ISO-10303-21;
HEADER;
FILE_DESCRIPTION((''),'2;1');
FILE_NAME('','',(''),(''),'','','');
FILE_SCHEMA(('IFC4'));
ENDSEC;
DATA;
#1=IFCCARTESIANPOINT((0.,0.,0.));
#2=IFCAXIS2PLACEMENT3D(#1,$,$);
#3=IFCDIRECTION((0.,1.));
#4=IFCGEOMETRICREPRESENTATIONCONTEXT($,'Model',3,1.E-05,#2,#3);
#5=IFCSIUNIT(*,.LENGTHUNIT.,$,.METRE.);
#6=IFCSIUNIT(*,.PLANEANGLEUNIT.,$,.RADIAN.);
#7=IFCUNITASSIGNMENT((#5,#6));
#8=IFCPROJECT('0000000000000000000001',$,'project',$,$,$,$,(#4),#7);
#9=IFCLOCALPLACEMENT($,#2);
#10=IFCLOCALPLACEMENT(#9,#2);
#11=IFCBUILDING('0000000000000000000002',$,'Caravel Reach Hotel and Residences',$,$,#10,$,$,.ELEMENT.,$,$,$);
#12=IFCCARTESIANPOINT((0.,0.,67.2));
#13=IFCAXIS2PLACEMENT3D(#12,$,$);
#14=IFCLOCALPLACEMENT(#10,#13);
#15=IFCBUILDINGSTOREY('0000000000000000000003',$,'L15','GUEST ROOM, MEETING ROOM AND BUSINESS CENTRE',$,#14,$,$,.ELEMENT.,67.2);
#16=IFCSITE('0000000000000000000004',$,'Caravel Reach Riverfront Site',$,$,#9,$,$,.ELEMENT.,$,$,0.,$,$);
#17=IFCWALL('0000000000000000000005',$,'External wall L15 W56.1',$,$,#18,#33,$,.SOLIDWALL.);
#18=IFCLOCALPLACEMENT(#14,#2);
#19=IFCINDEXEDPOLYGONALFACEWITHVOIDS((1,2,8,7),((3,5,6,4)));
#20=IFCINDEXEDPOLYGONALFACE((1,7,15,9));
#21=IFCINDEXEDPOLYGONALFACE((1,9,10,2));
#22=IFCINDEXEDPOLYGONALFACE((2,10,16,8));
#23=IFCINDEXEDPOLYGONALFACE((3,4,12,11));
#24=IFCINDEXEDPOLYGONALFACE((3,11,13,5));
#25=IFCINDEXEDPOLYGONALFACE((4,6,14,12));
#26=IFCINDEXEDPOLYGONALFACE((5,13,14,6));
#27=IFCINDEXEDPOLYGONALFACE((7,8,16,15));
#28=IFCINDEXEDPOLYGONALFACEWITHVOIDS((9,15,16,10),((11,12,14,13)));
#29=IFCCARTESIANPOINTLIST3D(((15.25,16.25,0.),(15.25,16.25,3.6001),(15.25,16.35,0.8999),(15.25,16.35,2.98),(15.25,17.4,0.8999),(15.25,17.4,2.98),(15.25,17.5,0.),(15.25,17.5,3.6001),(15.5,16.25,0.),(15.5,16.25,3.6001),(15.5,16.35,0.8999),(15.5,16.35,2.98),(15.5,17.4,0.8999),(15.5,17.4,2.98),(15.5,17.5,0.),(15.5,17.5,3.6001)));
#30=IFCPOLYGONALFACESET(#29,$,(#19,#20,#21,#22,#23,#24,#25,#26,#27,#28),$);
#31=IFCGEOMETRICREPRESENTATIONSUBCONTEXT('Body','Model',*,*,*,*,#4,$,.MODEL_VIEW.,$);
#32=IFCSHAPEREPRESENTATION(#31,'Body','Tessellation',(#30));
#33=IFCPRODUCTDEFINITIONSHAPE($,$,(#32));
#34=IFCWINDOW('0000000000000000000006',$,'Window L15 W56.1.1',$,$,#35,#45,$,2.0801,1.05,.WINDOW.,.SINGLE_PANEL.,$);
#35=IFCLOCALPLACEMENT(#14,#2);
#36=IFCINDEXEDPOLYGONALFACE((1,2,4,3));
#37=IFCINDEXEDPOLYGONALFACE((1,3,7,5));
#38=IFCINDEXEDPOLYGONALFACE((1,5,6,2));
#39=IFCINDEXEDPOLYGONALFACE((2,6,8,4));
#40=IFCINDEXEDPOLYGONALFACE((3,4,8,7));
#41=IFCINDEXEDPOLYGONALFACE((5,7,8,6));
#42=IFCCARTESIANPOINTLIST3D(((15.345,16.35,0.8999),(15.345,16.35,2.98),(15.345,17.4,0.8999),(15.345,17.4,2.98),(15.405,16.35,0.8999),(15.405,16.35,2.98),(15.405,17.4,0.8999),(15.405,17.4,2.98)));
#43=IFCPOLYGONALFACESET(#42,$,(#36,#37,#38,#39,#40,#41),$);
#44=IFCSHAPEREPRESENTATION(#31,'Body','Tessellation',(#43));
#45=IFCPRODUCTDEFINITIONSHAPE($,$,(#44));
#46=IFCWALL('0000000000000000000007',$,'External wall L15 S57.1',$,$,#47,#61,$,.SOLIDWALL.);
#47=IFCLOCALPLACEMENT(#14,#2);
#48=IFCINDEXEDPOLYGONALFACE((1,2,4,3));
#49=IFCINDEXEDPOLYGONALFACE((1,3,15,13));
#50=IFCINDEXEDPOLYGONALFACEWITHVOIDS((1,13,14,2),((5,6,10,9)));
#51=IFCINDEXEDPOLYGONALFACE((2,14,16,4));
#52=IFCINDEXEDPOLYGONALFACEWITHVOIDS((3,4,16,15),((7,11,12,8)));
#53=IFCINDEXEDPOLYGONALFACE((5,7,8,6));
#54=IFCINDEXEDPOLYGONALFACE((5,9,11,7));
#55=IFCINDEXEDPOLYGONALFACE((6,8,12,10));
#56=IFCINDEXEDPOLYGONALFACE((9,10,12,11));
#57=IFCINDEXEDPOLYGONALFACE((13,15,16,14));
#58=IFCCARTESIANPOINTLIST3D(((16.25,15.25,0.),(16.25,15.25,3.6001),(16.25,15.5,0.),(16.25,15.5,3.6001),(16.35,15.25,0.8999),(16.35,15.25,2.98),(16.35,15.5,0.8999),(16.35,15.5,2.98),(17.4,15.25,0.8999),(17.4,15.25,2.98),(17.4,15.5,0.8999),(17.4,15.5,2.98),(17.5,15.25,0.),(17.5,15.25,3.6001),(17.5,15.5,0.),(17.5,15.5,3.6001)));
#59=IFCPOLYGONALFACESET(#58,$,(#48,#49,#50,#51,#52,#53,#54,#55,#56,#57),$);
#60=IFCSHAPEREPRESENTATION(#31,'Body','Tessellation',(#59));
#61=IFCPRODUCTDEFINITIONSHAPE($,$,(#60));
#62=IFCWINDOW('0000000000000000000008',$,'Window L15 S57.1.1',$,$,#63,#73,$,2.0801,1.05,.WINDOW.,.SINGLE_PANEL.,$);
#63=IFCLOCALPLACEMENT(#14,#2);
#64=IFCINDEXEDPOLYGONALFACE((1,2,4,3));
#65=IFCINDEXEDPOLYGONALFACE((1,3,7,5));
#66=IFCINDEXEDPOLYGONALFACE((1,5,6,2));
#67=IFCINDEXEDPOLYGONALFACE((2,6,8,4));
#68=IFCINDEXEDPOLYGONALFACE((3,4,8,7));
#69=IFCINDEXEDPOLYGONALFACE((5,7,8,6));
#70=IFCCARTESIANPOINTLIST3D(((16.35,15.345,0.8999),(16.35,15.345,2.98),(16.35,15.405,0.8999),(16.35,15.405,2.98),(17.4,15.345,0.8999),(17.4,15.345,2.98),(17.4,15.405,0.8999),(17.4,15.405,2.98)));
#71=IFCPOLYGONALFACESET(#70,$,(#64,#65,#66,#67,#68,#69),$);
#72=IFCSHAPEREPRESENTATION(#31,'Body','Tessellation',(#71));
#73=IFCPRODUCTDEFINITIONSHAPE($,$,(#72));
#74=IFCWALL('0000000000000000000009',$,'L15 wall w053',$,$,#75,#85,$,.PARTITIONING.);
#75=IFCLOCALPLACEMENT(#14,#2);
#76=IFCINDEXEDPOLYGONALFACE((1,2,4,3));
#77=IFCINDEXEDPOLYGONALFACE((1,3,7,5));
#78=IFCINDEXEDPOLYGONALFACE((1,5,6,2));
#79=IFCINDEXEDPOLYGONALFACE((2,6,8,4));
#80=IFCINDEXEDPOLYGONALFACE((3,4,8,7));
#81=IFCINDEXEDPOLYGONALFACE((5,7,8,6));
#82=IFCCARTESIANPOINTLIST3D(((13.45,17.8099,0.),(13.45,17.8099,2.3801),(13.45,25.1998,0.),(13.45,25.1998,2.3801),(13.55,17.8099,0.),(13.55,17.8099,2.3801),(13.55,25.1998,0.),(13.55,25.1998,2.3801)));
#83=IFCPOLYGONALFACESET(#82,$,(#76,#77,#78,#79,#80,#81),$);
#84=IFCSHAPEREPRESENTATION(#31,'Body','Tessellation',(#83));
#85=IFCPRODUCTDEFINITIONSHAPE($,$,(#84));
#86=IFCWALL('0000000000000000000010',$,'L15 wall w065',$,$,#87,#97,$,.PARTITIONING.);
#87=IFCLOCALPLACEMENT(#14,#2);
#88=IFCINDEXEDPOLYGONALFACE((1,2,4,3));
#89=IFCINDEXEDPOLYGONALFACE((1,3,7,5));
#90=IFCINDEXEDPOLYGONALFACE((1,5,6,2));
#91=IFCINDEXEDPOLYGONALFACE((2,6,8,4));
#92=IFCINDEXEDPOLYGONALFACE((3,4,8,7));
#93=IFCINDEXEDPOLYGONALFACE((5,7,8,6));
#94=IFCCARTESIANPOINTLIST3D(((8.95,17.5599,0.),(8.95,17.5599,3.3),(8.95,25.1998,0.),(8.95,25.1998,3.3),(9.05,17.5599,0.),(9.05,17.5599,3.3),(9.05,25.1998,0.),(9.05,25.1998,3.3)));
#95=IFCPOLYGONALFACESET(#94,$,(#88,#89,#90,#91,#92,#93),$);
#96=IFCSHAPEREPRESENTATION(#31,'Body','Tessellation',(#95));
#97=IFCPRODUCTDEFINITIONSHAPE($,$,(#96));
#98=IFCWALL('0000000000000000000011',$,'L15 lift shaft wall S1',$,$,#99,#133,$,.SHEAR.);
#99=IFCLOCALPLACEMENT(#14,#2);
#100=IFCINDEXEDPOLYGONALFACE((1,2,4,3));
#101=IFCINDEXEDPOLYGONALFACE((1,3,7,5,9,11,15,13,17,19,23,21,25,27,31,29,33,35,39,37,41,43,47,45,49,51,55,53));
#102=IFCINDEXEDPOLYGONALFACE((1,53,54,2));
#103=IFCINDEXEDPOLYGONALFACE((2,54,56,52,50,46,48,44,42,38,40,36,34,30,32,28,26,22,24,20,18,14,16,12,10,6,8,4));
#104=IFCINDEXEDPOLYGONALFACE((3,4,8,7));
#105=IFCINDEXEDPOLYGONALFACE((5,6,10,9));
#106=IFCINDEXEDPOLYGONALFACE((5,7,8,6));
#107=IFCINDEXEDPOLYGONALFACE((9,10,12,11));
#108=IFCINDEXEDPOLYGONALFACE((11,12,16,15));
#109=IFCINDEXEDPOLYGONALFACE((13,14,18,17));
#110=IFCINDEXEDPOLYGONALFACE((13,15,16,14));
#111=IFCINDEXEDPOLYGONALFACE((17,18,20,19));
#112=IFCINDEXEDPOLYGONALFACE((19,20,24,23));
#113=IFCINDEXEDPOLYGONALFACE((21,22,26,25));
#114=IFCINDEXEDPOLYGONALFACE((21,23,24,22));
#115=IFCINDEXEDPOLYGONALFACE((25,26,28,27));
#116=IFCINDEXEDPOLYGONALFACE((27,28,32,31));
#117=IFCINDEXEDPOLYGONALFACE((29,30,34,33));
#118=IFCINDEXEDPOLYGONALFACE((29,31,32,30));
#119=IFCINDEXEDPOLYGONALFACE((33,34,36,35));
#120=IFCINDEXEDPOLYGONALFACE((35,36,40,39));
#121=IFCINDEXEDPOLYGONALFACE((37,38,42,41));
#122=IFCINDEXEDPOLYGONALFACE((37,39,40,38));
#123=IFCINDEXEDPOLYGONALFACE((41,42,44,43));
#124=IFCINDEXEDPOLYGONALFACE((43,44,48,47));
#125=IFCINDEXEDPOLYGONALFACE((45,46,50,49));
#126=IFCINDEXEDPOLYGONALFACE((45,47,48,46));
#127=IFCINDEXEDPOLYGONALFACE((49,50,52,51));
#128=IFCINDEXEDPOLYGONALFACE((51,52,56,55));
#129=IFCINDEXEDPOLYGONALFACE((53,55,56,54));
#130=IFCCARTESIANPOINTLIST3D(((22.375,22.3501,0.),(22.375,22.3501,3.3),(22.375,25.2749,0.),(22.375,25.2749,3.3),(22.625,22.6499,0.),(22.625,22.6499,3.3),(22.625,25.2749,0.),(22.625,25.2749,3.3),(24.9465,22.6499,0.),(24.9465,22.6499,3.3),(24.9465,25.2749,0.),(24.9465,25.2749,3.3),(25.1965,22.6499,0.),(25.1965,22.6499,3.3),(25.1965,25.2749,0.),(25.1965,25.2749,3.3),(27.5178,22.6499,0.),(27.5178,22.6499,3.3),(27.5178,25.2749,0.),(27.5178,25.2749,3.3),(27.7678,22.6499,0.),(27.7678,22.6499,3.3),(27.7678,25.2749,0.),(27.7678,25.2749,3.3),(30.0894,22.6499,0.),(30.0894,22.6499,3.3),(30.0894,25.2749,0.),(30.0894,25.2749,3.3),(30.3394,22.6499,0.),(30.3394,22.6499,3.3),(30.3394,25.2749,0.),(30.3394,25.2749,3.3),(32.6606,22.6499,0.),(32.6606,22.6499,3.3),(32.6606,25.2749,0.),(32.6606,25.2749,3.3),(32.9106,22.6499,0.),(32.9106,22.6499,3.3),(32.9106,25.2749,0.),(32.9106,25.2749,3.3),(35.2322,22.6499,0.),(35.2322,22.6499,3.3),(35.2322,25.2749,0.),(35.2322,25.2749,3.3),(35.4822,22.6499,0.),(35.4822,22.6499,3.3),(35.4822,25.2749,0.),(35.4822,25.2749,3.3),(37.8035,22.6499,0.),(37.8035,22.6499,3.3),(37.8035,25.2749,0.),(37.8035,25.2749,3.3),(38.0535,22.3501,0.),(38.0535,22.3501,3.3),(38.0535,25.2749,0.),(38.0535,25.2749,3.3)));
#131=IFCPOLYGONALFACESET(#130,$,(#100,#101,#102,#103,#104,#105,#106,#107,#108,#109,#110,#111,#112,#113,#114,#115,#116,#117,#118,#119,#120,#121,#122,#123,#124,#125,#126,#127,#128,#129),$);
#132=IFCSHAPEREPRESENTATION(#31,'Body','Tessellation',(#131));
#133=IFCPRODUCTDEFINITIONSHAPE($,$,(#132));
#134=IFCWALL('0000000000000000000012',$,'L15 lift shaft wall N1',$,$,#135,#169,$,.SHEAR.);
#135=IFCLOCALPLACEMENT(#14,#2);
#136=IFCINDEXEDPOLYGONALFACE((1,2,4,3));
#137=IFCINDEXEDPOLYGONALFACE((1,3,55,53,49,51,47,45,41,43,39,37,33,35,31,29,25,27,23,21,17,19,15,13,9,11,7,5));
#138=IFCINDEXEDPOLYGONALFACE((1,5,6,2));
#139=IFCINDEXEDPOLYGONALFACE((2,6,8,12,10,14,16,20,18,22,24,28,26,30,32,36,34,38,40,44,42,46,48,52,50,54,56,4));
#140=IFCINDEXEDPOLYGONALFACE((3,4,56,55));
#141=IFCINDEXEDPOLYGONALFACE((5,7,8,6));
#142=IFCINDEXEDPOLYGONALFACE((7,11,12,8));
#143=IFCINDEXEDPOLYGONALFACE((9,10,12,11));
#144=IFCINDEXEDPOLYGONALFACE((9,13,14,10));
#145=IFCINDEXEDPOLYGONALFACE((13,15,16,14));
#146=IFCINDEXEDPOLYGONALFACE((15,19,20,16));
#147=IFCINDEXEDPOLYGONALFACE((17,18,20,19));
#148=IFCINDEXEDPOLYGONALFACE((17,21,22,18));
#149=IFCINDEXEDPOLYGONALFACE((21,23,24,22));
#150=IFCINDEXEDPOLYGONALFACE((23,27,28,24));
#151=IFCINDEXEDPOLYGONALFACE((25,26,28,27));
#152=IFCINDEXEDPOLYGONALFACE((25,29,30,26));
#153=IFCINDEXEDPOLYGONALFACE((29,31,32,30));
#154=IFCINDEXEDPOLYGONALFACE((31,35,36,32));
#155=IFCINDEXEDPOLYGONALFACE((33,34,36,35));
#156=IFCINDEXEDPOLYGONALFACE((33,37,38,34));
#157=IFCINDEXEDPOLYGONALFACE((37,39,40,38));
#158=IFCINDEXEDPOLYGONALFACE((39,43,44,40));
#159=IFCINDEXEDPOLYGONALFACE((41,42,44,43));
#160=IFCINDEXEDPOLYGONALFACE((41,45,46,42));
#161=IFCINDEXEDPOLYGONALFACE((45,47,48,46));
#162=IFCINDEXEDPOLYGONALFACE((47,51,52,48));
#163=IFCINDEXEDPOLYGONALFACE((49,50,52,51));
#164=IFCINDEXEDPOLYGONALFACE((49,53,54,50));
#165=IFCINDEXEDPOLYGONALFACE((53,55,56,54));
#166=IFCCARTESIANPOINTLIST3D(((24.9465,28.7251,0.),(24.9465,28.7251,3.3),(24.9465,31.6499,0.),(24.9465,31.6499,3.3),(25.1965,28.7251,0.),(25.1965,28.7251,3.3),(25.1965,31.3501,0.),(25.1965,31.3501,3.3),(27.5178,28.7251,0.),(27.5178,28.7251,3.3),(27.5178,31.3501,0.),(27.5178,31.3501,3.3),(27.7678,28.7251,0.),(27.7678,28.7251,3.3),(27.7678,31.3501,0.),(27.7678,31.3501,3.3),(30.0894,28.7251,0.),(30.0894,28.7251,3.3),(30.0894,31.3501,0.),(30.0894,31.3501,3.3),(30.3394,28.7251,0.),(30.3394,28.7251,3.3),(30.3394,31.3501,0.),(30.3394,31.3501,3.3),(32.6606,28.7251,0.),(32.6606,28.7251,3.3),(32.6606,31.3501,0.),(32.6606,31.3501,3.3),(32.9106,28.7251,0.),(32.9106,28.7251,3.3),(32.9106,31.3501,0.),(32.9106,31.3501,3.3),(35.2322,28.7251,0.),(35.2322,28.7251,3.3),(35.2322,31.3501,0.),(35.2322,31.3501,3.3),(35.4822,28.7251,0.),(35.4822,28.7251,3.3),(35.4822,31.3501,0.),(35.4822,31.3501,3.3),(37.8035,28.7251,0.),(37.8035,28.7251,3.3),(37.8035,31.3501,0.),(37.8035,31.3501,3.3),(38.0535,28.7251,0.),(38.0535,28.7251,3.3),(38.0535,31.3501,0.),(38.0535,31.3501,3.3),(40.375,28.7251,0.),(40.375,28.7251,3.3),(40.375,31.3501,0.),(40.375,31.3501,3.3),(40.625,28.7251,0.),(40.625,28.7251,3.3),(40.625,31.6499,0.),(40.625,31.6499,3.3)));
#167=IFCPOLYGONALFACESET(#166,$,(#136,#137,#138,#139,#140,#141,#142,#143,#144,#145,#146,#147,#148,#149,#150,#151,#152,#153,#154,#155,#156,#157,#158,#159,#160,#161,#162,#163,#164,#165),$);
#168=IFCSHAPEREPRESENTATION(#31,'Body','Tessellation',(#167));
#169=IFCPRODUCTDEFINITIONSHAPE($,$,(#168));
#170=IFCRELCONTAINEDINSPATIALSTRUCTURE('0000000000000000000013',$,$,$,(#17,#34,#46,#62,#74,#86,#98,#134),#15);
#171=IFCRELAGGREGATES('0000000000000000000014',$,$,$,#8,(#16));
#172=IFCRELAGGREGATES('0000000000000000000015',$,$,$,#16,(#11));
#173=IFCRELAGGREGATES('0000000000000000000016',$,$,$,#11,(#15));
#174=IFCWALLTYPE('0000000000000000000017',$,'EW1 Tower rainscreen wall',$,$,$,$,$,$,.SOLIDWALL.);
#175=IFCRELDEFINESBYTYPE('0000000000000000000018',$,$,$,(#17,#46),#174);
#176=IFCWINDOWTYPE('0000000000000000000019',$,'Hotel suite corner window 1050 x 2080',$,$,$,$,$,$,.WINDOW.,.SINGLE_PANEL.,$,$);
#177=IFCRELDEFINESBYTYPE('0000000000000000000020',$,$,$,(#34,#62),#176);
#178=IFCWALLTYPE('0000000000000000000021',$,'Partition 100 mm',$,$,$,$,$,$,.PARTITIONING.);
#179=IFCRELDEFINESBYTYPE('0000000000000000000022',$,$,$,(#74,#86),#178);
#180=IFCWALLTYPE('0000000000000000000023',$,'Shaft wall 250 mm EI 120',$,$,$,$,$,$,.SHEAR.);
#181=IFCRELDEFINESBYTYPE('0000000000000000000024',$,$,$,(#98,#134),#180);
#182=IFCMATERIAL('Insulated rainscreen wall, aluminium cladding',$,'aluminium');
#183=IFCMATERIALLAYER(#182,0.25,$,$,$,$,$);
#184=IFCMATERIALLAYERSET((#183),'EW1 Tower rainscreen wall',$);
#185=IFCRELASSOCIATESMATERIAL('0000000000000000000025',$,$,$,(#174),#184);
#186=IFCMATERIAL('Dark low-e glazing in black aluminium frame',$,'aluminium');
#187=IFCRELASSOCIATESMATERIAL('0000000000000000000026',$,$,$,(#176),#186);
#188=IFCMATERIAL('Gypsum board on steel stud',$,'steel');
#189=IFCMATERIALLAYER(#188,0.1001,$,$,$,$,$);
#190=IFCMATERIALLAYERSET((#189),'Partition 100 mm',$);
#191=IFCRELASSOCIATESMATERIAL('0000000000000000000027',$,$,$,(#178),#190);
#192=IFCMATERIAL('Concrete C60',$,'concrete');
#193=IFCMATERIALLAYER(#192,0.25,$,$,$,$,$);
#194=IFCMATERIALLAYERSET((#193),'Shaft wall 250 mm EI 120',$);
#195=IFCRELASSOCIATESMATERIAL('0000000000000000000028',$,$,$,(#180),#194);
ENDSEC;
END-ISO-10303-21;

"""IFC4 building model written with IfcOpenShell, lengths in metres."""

from ifc_helpers import new_model, si_unit, direction, frame, frame_2d, origin, place, context, subcontext, project, spatial, polyline, rectangle, outline, extrude, material, layer, layer_set, type_object, element, fill, save


model = new_model("IFC4")

# Units and contexts
model_context = context("Model", 3, precision=1e-05, world=origin(), true_north=direction((0.0, 1.0)))
body_context = subcontext(model_context, "Body", "Model", "MODEL_VIEW")
ifc_project = project(units=[si_unit("LENGTHUNIT", "METRE"), si_unit("PLANEANGLEUNIT", "RADIAN")], contexts=[model_context])

# Site, building, storey
site_placement = place(None, origin())
site = spatial("IfcSite", under=ifc_project, at=site_placement, Name="Caravel Reach Riverfront Site", CompositionType="ELEMENT", RefElevation=0.0)
building_placement = place(site_placement, origin())
building = spatial("IfcBuilding", under=site, at=building_placement, Name="Caravel Reach Hotel and Residences", CompositionType="ELEMENT")
storey_placement = place(building_placement, frame((0.0, 0.0, 67.2)))
storey = spatial("IfcBuildingStorey", under=building, at=storey_placement, Name="L15", Description="GUEST ROOM, MEETING ROOM AND BUSINESS CENTRE", CompositionType="ELEMENT", Elevation=67.2)

# Shared definitions
ifc_material_1 = material(Name="Insulated rainscreen wall, aluminium cladding", Category="aluminium")
ifc_layer_1 = layer(ifc_material_1, 0.25)
ifc_layer_set_1 = layer_set([ifc_layer_1], Name="EW1 Tower rainscreen wall")
wall_type_1 = type_object("IfcWallType", Name="EW1 Tower rainscreen wall", PredefinedType="SOLIDWALL", material=ifc_layer_set_1)

# Walls, openings, windows
ifc_material_2 = material(Name="Dark low-e glazing in black aluminium frame", Category="aluminium")
window_type_1 = type_object("IfcWindowType", Name="Hotel suite corner window 1050 x 2080", PartitioningType="SINGLE_PANEL", PredefinedType="WINDOW", material=ifc_material_2)
wall_1_placement = place(storey_placement, frame((15.375, 17.5, 0.0), z_axis=(0.0, 0.0, 1.0), x_axis=(0.0, -1.0, 0.0)))
wall_1 = element("IfcWall", 1, at=wall_1_placement, inside=storey, type_object=wall_type_1, Name="External wall L15 W56.1", PredefinedType="SOLIDWALL", context=body_context, shape_type="SweptSolid", body=[
    extrude(rectangle(XDim=1.25, YDim=0.25, at=frame_2d((0.625, 0.0))), origin(), (0.0, 0.0, 1.0), 3.6001),
])
opening_1_placement = place(wall_1_placement, frame((0.1001, 0.0, 0.8999)))
opening_1 = element("IfcOpeningElement", 2, at=opening_1_placement, cuts=wall_1, PredefinedType="OPENING", context=body_context, shape_type="SweptSolid", body=[
    extrude(rectangle(XDim=1.05, YDim=2.0801, at=frame_2d((0.5249, 1.04))), frame((0.0, 0.135, 0.0), z_axis=(0.0, -1.0, 0.0), x_axis=(1.0, 0.0, 0.0)), (0.0, 0.0, 1.0), 0.27),
])
window_1_placement = place(opening_1_placement, origin())
window_1 = element("IfcWindow", 3, at=window_1_placement, inside=storey, type_object=window_type_1, Name="Window L15 W56.1.1", OverallHeight=2.0801, OverallWidth=1.05, PartitioningType="SINGLE_PANEL", PredefinedType="WINDOW", context=body_context, shape_type="SweptSolid", body=[
    extrude(rectangle(XDim=1.05, YDim=2.0801, at=frame_2d((0.5249, 1.04))), frame((0.0, 0.03, 0.0), z_axis=(0.0, -1.0, 0.0), x_axis=(1.0, 0.0, 0.0)), (0.0, 0.0, 1.0), 0.0601),
])
fill(opening_1, window_1)
wall_2_placement = place(storey_placement, frame((16.25, 15.375, 0.0), z_axis=(0.0, 0.0, 1.0), x_axis=(1.0, 0.0, 0.0)))
wall_2 = element("IfcWall", 4, at=wall_2_placement, inside=storey, type_object=wall_type_1, Name="External wall L15 S57.1", PredefinedType="SOLIDWALL", context=body_context, shape_type="SweptSolid", body=[
    extrude(rectangle(XDim=1.25, YDim=0.25, at=frame_2d((0.625, 0.0))), origin(), (0.0, 0.0, 1.0), 3.6001),
])
opening_2_placement = place(wall_2_placement, frame((0.1001, 0.0, 0.8999)))
opening_2 = element("IfcOpeningElement", 5, at=opening_2_placement, cuts=wall_2, PredefinedType="OPENING", context=body_context, shape_type="SweptSolid", body=[
    extrude(rectangle(XDim=1.05, YDim=2.0801, at=frame_2d((0.5249, 1.04))), frame((0.0, 0.135, 0.0), z_axis=(0.0, -1.0, 0.0), x_axis=(1.0, 0.0, 0.0)), (0.0, 0.0, 1.0), 0.27),
])
window_2_placement = place(opening_2_placement, origin())
window_2 = element("IfcWindow", 6, at=window_2_placement, inside=storey, type_object=window_type_1, Name="Window L15 S57.1.1", OverallHeight=2.0801, OverallWidth=1.05, PartitioningType="SINGLE_PANEL", PredefinedType="WINDOW", context=body_context, shape_type="SweptSolid", body=[
    extrude(rectangle(XDim=1.05, YDim=2.0801, at=frame_2d((0.5249, 1.04))), frame((0.0, 0.03, 0.0), z_axis=(0.0, -1.0, 0.0), x_axis=(1.0, 0.0, 0.0)), (0.0, 0.0, 1.0), 0.0601),
])
fill(opening_2, window_2)

# Walls
ifc_material_3 = material(Name="Gypsum board on steel stud", Category="steel")
ifc_layer_2 = layer(ifc_material_3, 0.1001)
ifc_layer_set_2 = layer_set([ifc_layer_2], Name="Partition 100 mm")
wall_type_2 = type_object("IfcWallType", Name="Partition 100 mm", PredefinedType="PARTITIONING", material=ifc_layer_set_2)
wall_3_placement = place(storey_placement, frame((13.5, 17.8101, 0.0), z_axis=(0.0, 0.0, 1.0), x_axis=(0.0, 1.0, 0.0)))
element("IfcWall", 7, at=wall_3_placement, inside=storey, type_object=wall_type_2, Name="L15 wall w053", PredefinedType="PARTITIONING", context=body_context, shape_type="SweptSolid", body=[
    extrude(rectangle(XDim=7.3899, YDim=0.1001, at=frame_2d((3.6948, 0.0))), origin(), (0.0, 0.0, 1.0), 2.3801),
])
wall_4_placement = place(storey_placement, frame((9.0, 17.5601, 0.0), z_axis=(0.0, 0.0, 1.0), x_axis=(0.0, 1.0, 0.0)))
element("IfcWall", 8, at=wall_4_placement, inside=storey, type_object=wall_type_2, Name="L15 wall w065", PredefinedType="PARTITIONING", context=body_context, shape_type="SweptSolid", body=[
    extrude(rectangle(XDim=7.6399, YDim=0.1001, at=frame_2d((3.8198, 0.0))), origin(), (0.0, 0.0, 1.0), 3.3),
])
ifc_material_4 = material(Name="Concrete C60", Category="concrete")
ifc_layer_3 = layer(ifc_material_4, 0.25)
ifc_layer_set_3 = layer_set([ifc_layer_3], Name="Shaft wall 250 mm EI 120")
wall_type_3 = type_object("IfcWallType", Name="Shaft wall 250 mm EI 120", PredefinedType="SHEAR", material=ifc_layer_set_3)
wall_5_placement = place(storey_placement, origin())
element("IfcWall", 9, at=wall_5_placement, inside=storey, type_object=wall_type_3, Name="L15 lift shaft wall S1", PredefinedType="SHEAR", context=body_context, shape_type="SweptSolid", body=[
    extrude(outline(polyline([(22.375, 22.3501), (38.0535, 22.3501), (38.0535, 25.2749), (37.8035, 25.2749), (37.8035, 22.6499), (35.4822, 22.6499), (35.4822, 25.2749), (35.2322, 25.2749), (35.2322, 22.6499), (32.9106, 22.6499), (32.9106, 25.2749), (32.6606, 25.2749), (32.6606, 22.6499), (30.3394, 22.6499), (30.3394, 25.2749), (30.0894, 25.2749), (30.0894, 22.6499), (27.7678, 22.6499), (27.7678, 25.2749), (27.5178, 25.2749), (27.5178, 22.6499), (25.1965, 22.6499), (25.1965, 25.2749), (24.9465, 25.2749), (24.9465, 22.6499), (22.625, 22.6499), (22.625, 25.2749), (22.375, 25.2749), (22.375, 22.3501)])), origin(), (0.0, 0.0, 1.0), 3.3),
])
wall_6_placement = place(storey_placement, origin())
element("IfcWall", 10, at=wall_6_placement, inside=storey, type_object=wall_type_3, Name="L15 lift shaft wall N1", PredefinedType="SHEAR", context=body_context, shape_type="SweptSolid", body=[
    extrude(outline(polyline([(24.9465, 28.7251), (25.1965, 28.7251), (25.1965, 31.3501), (27.5178, 31.3501), (27.5178, 28.7251), (27.7678, 28.7251), (27.7678, 31.3501), (30.0894, 31.3501), (30.0894, 28.7251), (30.3394, 28.7251), (30.3394, 31.3501), (32.6606, 31.3501), (32.6606, 28.7251), (32.9106, 28.7251), (32.9106, 31.3501), (35.2322, 31.3501), (35.2322, 28.7251), (35.4822, 28.7251), (35.4822, 31.3501), (37.8035, 31.3501), (37.8035, 28.7251), (38.0535, 28.7251), (38.0535, 31.3501), (40.375, 31.3501), (40.375, 28.7251), (40.625, 28.7251), (40.625, 31.6499), (24.9465, 31.6499), (24.9465, 28.7251)])), origin(), (0.0, 0.0, 1.0), 3.3),
])

save(model, "model.ifc")
